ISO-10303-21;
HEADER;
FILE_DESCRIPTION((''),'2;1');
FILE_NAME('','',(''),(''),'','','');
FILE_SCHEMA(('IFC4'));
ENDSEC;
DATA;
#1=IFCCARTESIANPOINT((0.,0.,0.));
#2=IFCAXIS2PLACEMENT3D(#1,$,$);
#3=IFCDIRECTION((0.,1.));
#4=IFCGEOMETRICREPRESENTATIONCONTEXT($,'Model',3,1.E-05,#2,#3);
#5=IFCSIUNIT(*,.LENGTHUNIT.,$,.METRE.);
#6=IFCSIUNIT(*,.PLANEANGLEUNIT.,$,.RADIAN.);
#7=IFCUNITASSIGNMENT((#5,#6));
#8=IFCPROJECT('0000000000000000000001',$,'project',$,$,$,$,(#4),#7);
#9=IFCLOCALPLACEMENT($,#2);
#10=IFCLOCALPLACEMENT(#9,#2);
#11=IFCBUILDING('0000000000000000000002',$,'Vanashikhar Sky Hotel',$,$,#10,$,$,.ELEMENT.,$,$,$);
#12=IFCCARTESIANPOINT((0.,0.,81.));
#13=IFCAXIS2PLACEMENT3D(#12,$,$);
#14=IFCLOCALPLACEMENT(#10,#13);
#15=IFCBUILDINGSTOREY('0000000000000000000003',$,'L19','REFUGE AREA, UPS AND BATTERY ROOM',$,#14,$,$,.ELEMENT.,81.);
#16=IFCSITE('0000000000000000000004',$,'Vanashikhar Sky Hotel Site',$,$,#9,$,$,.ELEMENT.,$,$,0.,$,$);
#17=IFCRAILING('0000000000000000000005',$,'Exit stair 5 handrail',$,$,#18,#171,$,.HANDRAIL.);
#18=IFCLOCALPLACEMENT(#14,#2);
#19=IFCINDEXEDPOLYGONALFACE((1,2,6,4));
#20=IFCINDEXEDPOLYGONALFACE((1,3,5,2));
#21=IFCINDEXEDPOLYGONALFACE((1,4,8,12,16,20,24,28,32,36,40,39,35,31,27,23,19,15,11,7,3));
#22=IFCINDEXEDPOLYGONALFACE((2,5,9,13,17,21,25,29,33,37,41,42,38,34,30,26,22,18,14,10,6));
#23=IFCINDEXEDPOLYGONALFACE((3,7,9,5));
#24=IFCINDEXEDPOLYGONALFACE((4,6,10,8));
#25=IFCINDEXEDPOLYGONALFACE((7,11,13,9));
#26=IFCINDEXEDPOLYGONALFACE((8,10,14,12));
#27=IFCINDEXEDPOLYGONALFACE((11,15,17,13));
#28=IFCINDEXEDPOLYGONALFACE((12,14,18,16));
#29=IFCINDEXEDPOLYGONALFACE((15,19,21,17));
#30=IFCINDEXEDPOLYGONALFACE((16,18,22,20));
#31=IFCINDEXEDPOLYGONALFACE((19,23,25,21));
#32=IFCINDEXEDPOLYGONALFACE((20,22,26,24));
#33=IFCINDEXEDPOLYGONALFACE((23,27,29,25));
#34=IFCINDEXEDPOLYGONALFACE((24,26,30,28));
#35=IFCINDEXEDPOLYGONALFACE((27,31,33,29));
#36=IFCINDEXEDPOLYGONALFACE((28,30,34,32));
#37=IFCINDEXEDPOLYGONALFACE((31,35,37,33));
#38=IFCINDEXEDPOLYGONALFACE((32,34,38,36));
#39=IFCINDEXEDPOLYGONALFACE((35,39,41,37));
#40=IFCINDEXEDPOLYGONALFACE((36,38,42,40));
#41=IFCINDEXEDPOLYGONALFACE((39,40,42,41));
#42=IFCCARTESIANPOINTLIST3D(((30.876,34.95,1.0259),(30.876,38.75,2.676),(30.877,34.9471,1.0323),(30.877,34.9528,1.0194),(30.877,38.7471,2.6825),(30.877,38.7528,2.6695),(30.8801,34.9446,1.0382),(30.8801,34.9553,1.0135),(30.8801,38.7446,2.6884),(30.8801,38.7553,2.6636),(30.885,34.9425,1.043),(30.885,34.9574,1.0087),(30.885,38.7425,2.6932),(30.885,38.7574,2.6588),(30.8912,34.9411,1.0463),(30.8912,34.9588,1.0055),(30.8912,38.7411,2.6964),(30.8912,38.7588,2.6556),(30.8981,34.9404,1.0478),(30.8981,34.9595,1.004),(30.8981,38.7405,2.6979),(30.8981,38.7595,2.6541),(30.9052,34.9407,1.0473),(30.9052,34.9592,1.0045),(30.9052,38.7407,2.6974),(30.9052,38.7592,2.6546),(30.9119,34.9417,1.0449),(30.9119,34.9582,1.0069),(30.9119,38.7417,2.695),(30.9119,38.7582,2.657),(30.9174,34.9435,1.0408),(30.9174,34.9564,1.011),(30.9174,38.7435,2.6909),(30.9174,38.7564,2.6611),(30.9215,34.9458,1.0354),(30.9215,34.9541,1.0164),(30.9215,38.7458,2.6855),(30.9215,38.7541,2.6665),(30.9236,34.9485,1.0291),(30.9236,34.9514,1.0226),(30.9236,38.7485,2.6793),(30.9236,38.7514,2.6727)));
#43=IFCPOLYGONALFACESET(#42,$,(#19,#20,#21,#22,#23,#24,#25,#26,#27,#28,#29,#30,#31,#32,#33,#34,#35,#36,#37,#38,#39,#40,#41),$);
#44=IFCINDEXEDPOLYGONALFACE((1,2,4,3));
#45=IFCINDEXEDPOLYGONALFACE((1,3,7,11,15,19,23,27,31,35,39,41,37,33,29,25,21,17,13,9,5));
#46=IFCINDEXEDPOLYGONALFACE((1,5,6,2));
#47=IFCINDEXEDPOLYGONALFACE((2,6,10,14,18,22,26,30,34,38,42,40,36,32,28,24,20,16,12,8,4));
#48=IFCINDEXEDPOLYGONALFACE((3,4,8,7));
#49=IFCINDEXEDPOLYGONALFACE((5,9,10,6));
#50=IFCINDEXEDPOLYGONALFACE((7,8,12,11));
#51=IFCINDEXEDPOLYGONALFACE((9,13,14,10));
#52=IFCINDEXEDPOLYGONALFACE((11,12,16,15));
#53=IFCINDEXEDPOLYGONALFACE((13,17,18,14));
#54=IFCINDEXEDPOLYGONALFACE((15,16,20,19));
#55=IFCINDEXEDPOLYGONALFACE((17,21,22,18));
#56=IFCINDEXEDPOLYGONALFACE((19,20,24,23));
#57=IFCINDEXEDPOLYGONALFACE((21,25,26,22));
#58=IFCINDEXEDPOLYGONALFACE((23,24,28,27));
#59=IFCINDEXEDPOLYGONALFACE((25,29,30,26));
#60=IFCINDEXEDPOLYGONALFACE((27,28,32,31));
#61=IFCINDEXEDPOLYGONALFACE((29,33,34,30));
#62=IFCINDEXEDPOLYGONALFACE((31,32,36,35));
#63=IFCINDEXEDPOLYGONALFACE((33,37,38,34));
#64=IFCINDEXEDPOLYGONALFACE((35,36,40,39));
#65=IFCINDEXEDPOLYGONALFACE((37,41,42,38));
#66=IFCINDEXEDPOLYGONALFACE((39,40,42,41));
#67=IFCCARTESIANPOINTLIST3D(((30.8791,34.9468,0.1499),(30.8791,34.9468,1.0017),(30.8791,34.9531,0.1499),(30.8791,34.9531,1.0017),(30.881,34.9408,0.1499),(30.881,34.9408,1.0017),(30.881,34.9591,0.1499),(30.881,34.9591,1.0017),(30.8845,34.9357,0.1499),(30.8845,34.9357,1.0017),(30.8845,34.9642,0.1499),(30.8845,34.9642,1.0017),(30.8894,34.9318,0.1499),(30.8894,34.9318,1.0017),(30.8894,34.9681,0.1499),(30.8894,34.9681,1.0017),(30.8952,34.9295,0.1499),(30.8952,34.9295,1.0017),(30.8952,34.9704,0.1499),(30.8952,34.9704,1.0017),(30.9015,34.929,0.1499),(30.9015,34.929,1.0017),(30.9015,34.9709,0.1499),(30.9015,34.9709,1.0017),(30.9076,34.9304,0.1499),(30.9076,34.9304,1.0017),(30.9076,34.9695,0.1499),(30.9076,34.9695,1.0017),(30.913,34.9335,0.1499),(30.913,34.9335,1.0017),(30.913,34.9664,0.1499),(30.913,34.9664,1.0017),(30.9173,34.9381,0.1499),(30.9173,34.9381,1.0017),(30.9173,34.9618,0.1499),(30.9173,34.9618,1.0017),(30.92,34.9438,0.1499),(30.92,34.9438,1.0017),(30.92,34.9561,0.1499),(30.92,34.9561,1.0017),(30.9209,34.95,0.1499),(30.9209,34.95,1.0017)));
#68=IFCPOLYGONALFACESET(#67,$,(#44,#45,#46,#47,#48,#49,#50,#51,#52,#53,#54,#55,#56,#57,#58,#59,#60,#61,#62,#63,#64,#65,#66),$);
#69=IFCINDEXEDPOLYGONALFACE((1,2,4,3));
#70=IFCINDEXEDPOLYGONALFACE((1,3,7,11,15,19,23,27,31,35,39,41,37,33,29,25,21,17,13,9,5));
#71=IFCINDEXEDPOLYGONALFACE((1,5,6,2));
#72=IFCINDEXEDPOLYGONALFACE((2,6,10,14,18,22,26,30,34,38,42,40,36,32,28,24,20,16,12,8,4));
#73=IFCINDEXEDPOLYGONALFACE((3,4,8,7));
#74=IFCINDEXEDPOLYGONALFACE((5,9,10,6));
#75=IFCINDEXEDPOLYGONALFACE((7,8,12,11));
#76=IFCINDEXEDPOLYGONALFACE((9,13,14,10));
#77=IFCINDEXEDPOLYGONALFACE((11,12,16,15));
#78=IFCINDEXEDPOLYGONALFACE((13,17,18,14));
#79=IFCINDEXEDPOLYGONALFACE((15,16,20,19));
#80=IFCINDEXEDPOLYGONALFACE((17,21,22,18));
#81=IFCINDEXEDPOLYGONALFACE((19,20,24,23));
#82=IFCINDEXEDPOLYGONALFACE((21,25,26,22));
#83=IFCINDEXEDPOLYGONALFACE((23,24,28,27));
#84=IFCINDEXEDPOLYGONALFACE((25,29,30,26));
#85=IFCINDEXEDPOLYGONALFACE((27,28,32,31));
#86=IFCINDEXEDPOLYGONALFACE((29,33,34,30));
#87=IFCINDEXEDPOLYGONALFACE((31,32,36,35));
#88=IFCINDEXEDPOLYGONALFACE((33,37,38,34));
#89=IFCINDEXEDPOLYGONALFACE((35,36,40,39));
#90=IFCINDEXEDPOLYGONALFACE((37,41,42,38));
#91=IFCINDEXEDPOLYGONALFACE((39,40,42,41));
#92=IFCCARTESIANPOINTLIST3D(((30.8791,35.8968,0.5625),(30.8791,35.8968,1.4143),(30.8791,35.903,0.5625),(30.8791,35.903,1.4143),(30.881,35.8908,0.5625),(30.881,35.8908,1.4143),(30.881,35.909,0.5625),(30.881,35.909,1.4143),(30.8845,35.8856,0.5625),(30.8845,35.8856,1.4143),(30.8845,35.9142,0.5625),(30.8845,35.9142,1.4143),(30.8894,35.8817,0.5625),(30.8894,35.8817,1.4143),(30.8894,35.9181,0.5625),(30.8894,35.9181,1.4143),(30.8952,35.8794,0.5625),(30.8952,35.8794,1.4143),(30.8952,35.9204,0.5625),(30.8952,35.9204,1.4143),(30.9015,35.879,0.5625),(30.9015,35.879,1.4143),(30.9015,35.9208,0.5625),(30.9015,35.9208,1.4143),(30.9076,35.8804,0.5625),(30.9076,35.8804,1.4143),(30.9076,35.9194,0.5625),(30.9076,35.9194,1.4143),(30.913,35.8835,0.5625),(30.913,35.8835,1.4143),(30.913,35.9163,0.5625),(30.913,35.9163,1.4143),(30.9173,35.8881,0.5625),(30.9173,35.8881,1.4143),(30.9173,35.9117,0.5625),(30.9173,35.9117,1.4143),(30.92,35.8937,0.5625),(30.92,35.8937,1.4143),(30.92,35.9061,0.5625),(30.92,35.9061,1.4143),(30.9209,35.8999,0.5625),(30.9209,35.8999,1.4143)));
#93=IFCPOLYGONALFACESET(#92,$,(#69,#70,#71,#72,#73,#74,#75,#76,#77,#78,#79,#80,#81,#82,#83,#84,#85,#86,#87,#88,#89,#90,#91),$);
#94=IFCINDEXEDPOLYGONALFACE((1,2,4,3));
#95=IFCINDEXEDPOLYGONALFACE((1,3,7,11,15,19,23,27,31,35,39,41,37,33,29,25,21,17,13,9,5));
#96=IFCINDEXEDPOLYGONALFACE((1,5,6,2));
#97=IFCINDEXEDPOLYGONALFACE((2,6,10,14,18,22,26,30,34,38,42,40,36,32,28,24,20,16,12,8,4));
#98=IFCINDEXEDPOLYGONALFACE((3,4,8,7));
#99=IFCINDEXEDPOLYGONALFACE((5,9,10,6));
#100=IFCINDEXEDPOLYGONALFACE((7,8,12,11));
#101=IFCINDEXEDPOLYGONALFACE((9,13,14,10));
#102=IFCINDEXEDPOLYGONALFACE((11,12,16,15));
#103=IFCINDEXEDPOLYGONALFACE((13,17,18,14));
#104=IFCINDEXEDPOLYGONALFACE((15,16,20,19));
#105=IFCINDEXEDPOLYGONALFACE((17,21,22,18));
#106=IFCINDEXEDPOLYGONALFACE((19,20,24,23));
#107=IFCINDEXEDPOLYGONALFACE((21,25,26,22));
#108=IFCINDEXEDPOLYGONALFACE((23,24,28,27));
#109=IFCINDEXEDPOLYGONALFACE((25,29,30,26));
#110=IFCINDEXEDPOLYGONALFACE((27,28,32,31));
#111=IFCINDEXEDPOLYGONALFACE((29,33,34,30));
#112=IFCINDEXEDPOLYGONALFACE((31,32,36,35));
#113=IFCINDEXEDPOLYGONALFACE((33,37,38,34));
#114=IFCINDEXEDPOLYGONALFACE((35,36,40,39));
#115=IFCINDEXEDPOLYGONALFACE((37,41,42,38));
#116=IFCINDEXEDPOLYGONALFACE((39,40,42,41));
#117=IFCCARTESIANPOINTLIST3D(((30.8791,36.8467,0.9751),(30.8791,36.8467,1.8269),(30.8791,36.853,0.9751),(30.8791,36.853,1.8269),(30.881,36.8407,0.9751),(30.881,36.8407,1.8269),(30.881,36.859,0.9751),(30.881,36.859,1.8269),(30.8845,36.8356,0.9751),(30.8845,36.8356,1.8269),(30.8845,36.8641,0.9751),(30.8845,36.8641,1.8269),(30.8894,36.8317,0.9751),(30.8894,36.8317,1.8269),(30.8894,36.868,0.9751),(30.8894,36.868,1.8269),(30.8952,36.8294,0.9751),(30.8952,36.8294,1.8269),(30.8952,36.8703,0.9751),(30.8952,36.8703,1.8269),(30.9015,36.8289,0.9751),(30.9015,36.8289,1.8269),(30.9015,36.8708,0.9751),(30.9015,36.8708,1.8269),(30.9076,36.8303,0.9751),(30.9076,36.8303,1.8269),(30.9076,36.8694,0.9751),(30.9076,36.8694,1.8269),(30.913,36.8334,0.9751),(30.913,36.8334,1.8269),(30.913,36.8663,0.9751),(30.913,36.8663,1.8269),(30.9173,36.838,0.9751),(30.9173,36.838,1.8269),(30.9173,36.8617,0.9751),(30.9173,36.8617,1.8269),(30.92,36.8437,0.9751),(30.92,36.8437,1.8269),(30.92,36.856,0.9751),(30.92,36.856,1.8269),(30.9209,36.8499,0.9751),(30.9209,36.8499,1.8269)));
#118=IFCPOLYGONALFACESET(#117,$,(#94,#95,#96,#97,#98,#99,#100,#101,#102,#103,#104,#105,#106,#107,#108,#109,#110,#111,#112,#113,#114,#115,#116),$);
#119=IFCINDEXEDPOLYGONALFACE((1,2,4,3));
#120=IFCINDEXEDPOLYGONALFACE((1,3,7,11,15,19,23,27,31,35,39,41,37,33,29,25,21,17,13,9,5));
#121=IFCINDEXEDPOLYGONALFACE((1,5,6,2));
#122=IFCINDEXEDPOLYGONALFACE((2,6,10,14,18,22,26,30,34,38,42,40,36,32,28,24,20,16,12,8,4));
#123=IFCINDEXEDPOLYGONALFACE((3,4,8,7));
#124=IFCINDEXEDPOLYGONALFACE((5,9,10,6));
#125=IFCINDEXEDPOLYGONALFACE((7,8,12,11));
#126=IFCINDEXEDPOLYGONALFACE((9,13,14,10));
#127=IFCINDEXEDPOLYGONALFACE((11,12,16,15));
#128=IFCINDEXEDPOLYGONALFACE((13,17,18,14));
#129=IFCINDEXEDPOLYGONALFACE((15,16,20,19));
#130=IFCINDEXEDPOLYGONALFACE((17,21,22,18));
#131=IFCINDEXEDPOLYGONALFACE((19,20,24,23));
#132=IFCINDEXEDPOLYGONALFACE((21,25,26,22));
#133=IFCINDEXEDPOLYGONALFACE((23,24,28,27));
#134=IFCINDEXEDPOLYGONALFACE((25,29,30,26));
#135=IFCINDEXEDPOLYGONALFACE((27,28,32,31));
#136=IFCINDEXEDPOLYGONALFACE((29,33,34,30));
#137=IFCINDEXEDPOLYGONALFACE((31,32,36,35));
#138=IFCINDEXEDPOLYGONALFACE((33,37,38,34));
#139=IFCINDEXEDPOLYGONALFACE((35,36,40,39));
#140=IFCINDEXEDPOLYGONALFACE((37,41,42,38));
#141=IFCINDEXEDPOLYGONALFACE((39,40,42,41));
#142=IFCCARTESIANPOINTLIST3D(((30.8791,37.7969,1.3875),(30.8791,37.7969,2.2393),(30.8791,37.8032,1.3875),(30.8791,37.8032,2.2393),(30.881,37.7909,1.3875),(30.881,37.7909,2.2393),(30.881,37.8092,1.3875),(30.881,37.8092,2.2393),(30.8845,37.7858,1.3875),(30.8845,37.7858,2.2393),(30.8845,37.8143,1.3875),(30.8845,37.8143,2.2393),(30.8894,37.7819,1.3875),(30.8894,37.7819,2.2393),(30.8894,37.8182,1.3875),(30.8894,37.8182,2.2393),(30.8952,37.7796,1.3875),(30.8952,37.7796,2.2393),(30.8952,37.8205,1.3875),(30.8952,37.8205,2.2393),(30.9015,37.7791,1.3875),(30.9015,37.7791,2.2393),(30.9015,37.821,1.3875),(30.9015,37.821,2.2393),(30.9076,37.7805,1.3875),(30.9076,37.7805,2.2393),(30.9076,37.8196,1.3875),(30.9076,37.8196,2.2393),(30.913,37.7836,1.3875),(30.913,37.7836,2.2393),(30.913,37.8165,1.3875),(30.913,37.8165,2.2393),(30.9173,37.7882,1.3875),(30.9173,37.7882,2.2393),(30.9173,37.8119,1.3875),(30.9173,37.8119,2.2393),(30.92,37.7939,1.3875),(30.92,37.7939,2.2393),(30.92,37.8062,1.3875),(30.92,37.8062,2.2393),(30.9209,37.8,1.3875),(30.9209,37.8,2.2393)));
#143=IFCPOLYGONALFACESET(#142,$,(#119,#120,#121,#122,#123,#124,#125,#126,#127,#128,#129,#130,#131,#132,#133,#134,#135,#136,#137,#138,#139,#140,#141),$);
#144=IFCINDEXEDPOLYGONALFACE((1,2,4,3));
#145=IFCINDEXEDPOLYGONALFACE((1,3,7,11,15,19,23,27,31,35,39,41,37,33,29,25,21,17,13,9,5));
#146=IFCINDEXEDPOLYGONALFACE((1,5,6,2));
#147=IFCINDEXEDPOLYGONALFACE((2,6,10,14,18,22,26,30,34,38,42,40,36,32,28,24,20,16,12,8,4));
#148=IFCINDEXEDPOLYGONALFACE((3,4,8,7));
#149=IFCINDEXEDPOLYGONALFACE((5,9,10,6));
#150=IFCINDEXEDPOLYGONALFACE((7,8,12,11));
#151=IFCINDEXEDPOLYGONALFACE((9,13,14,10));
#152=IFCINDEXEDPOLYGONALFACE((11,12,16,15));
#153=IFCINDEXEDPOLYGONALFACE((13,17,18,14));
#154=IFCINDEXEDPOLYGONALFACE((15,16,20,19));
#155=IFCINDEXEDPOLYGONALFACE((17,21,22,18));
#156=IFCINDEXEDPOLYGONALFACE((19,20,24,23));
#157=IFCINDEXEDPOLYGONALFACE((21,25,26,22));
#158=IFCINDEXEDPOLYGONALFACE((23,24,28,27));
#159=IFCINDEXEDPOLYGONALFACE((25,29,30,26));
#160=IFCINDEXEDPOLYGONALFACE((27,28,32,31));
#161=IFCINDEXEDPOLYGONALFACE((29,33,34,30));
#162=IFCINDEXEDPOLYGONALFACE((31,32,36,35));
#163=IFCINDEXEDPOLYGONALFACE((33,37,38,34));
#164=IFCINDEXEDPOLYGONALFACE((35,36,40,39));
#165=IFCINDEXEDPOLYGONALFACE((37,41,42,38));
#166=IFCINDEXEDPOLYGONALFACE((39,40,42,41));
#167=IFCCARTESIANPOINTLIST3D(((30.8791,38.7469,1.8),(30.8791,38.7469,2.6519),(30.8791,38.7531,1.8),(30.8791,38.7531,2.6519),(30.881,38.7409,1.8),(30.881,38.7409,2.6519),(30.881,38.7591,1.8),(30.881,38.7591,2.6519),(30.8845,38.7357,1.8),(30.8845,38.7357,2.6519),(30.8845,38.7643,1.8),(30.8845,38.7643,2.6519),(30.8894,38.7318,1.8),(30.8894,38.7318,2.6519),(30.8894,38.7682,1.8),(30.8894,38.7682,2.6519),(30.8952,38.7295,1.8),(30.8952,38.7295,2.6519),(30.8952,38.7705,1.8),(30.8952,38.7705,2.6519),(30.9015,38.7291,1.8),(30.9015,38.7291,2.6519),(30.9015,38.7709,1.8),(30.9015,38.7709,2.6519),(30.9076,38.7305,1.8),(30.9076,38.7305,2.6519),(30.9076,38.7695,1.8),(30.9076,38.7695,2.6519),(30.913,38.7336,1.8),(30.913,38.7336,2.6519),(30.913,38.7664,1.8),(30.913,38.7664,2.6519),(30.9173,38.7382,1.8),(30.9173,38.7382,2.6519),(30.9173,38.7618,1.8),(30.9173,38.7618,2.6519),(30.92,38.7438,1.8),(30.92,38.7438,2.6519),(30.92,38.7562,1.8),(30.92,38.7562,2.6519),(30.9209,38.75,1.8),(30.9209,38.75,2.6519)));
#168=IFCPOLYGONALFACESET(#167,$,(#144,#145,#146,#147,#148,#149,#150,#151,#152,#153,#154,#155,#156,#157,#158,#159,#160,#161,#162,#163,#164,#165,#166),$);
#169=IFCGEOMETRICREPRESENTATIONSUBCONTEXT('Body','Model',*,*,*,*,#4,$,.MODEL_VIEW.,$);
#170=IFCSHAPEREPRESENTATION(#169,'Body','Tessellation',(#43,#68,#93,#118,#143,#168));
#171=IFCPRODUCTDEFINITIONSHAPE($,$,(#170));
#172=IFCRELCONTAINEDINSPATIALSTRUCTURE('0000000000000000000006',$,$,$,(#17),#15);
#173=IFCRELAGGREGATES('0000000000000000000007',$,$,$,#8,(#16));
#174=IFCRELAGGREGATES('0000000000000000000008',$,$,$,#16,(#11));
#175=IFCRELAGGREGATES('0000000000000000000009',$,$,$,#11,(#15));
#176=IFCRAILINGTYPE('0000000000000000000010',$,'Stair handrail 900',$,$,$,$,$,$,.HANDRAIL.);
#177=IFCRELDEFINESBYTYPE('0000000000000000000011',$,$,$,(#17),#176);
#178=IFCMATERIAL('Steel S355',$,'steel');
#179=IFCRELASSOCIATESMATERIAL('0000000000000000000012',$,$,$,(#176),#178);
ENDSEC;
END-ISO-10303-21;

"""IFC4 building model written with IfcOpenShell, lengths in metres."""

from ifc_helpers import new_model, si_unit, direction, frame, origin, origin_2d, place, context, subcontext, project, spatial, circle, extrude, source, transform, mapped, material, type_object, element, save


model = new_model("IFC4")

# Units and contexts
model_context = context("Model", 3, precision=1e-05, world=origin(), true_north=direction((0.0, 1.0)))
body_context = subcontext(model_context, "Body", "Model", "MODEL_VIEW")
ifc_project = project(units=[si_unit("LENGTHUNIT", "METRE"), si_unit("PLANEANGLEUNIT", "RADIAN")], contexts=[model_context])

# Site, building, storey
site_placement = place(None, origin())
site = spatial("IfcSite", under=ifc_project, at=site_placement, Name="Vanashikhar Sky Hotel Site", CompositionType="ELEMENT", RefElevation=0.0)
building_placement = place(site_placement, origin())
building = spatial("IfcBuilding", under=site, at=building_placement, Name="Vanashikhar Sky Hotel", CompositionType="ELEMENT")
storey_placement = place(building_placement, frame((0.0, 0.0, 81.0)))
storey = spatial("IfcBuildingStorey", under=building, at=storey_placement, Name="L19", Description="REFUGE AREA, UPS AND BATTERY ROOM", CompositionType="ELEMENT", Elevation=81.0)

# Railing
ifc_material_1 = material(Name="Steel S355", Category="steel")
railing_type_1 = type_object("IfcRailingType", Name="Stair handrail 900", PredefinedType="HANDRAIL", material=ifc_material_1)
shared_shape_1 = source(origin(), body_context, "Body", "SweptSolid", [
    extrude(circle(Radius=0.0239, at=origin_2d()), frame((0.0, 0.0, 0.876), z_axis=(0.0, 0.917251, 0.39831), x_axis=(-1.0, 0.0, 0.0)), (0.0, 0.0, 1.0), 4.1428),
    extrude(circle(Radius=0.021, at=origin_2d()), origin(), (0.0, 0.0, 1.0), 0.8518),
    extrude(circle(Radius=0.021, at=origin_2d()), frame((0.0, 0.95, 0.4126)), (0.0, 0.0, 1.0), 0.8518),
    extrude(circle(Radius=0.021, at=origin_2d()), frame((0.0, 1.8999, 0.8252)), (0.0, 0.0, 1.0), 0.8518),
    extrude(circle(Radius=0.021, at=origin_2d()), frame((0.0, 2.8501, 1.2375)), (0.0, 0.0, 1.0), 0.8518),
    extrude(circle(Radius=0.021, at=origin_2d()), frame((0.0, 3.8, 1.6501)), (0.0, 0.0, 1.0), 0.8518),
])
railing_1_placement = place(storey_placement, frame((30.8999, 34.95, 0.1499)))
element("IfcRailing", 1, at=railing_1_placement, inside=storey, type_object=railing_type_1, Name="Exit stair 5 handrail", PredefinedType="HANDRAIL", context=body_context, shape_type="MappedRepresentation", body=[
    mapped(shared_shape_1, transform((0.0, 0.0, 0.0), scale=1.0)),
])

save(model, "model.ifc")
